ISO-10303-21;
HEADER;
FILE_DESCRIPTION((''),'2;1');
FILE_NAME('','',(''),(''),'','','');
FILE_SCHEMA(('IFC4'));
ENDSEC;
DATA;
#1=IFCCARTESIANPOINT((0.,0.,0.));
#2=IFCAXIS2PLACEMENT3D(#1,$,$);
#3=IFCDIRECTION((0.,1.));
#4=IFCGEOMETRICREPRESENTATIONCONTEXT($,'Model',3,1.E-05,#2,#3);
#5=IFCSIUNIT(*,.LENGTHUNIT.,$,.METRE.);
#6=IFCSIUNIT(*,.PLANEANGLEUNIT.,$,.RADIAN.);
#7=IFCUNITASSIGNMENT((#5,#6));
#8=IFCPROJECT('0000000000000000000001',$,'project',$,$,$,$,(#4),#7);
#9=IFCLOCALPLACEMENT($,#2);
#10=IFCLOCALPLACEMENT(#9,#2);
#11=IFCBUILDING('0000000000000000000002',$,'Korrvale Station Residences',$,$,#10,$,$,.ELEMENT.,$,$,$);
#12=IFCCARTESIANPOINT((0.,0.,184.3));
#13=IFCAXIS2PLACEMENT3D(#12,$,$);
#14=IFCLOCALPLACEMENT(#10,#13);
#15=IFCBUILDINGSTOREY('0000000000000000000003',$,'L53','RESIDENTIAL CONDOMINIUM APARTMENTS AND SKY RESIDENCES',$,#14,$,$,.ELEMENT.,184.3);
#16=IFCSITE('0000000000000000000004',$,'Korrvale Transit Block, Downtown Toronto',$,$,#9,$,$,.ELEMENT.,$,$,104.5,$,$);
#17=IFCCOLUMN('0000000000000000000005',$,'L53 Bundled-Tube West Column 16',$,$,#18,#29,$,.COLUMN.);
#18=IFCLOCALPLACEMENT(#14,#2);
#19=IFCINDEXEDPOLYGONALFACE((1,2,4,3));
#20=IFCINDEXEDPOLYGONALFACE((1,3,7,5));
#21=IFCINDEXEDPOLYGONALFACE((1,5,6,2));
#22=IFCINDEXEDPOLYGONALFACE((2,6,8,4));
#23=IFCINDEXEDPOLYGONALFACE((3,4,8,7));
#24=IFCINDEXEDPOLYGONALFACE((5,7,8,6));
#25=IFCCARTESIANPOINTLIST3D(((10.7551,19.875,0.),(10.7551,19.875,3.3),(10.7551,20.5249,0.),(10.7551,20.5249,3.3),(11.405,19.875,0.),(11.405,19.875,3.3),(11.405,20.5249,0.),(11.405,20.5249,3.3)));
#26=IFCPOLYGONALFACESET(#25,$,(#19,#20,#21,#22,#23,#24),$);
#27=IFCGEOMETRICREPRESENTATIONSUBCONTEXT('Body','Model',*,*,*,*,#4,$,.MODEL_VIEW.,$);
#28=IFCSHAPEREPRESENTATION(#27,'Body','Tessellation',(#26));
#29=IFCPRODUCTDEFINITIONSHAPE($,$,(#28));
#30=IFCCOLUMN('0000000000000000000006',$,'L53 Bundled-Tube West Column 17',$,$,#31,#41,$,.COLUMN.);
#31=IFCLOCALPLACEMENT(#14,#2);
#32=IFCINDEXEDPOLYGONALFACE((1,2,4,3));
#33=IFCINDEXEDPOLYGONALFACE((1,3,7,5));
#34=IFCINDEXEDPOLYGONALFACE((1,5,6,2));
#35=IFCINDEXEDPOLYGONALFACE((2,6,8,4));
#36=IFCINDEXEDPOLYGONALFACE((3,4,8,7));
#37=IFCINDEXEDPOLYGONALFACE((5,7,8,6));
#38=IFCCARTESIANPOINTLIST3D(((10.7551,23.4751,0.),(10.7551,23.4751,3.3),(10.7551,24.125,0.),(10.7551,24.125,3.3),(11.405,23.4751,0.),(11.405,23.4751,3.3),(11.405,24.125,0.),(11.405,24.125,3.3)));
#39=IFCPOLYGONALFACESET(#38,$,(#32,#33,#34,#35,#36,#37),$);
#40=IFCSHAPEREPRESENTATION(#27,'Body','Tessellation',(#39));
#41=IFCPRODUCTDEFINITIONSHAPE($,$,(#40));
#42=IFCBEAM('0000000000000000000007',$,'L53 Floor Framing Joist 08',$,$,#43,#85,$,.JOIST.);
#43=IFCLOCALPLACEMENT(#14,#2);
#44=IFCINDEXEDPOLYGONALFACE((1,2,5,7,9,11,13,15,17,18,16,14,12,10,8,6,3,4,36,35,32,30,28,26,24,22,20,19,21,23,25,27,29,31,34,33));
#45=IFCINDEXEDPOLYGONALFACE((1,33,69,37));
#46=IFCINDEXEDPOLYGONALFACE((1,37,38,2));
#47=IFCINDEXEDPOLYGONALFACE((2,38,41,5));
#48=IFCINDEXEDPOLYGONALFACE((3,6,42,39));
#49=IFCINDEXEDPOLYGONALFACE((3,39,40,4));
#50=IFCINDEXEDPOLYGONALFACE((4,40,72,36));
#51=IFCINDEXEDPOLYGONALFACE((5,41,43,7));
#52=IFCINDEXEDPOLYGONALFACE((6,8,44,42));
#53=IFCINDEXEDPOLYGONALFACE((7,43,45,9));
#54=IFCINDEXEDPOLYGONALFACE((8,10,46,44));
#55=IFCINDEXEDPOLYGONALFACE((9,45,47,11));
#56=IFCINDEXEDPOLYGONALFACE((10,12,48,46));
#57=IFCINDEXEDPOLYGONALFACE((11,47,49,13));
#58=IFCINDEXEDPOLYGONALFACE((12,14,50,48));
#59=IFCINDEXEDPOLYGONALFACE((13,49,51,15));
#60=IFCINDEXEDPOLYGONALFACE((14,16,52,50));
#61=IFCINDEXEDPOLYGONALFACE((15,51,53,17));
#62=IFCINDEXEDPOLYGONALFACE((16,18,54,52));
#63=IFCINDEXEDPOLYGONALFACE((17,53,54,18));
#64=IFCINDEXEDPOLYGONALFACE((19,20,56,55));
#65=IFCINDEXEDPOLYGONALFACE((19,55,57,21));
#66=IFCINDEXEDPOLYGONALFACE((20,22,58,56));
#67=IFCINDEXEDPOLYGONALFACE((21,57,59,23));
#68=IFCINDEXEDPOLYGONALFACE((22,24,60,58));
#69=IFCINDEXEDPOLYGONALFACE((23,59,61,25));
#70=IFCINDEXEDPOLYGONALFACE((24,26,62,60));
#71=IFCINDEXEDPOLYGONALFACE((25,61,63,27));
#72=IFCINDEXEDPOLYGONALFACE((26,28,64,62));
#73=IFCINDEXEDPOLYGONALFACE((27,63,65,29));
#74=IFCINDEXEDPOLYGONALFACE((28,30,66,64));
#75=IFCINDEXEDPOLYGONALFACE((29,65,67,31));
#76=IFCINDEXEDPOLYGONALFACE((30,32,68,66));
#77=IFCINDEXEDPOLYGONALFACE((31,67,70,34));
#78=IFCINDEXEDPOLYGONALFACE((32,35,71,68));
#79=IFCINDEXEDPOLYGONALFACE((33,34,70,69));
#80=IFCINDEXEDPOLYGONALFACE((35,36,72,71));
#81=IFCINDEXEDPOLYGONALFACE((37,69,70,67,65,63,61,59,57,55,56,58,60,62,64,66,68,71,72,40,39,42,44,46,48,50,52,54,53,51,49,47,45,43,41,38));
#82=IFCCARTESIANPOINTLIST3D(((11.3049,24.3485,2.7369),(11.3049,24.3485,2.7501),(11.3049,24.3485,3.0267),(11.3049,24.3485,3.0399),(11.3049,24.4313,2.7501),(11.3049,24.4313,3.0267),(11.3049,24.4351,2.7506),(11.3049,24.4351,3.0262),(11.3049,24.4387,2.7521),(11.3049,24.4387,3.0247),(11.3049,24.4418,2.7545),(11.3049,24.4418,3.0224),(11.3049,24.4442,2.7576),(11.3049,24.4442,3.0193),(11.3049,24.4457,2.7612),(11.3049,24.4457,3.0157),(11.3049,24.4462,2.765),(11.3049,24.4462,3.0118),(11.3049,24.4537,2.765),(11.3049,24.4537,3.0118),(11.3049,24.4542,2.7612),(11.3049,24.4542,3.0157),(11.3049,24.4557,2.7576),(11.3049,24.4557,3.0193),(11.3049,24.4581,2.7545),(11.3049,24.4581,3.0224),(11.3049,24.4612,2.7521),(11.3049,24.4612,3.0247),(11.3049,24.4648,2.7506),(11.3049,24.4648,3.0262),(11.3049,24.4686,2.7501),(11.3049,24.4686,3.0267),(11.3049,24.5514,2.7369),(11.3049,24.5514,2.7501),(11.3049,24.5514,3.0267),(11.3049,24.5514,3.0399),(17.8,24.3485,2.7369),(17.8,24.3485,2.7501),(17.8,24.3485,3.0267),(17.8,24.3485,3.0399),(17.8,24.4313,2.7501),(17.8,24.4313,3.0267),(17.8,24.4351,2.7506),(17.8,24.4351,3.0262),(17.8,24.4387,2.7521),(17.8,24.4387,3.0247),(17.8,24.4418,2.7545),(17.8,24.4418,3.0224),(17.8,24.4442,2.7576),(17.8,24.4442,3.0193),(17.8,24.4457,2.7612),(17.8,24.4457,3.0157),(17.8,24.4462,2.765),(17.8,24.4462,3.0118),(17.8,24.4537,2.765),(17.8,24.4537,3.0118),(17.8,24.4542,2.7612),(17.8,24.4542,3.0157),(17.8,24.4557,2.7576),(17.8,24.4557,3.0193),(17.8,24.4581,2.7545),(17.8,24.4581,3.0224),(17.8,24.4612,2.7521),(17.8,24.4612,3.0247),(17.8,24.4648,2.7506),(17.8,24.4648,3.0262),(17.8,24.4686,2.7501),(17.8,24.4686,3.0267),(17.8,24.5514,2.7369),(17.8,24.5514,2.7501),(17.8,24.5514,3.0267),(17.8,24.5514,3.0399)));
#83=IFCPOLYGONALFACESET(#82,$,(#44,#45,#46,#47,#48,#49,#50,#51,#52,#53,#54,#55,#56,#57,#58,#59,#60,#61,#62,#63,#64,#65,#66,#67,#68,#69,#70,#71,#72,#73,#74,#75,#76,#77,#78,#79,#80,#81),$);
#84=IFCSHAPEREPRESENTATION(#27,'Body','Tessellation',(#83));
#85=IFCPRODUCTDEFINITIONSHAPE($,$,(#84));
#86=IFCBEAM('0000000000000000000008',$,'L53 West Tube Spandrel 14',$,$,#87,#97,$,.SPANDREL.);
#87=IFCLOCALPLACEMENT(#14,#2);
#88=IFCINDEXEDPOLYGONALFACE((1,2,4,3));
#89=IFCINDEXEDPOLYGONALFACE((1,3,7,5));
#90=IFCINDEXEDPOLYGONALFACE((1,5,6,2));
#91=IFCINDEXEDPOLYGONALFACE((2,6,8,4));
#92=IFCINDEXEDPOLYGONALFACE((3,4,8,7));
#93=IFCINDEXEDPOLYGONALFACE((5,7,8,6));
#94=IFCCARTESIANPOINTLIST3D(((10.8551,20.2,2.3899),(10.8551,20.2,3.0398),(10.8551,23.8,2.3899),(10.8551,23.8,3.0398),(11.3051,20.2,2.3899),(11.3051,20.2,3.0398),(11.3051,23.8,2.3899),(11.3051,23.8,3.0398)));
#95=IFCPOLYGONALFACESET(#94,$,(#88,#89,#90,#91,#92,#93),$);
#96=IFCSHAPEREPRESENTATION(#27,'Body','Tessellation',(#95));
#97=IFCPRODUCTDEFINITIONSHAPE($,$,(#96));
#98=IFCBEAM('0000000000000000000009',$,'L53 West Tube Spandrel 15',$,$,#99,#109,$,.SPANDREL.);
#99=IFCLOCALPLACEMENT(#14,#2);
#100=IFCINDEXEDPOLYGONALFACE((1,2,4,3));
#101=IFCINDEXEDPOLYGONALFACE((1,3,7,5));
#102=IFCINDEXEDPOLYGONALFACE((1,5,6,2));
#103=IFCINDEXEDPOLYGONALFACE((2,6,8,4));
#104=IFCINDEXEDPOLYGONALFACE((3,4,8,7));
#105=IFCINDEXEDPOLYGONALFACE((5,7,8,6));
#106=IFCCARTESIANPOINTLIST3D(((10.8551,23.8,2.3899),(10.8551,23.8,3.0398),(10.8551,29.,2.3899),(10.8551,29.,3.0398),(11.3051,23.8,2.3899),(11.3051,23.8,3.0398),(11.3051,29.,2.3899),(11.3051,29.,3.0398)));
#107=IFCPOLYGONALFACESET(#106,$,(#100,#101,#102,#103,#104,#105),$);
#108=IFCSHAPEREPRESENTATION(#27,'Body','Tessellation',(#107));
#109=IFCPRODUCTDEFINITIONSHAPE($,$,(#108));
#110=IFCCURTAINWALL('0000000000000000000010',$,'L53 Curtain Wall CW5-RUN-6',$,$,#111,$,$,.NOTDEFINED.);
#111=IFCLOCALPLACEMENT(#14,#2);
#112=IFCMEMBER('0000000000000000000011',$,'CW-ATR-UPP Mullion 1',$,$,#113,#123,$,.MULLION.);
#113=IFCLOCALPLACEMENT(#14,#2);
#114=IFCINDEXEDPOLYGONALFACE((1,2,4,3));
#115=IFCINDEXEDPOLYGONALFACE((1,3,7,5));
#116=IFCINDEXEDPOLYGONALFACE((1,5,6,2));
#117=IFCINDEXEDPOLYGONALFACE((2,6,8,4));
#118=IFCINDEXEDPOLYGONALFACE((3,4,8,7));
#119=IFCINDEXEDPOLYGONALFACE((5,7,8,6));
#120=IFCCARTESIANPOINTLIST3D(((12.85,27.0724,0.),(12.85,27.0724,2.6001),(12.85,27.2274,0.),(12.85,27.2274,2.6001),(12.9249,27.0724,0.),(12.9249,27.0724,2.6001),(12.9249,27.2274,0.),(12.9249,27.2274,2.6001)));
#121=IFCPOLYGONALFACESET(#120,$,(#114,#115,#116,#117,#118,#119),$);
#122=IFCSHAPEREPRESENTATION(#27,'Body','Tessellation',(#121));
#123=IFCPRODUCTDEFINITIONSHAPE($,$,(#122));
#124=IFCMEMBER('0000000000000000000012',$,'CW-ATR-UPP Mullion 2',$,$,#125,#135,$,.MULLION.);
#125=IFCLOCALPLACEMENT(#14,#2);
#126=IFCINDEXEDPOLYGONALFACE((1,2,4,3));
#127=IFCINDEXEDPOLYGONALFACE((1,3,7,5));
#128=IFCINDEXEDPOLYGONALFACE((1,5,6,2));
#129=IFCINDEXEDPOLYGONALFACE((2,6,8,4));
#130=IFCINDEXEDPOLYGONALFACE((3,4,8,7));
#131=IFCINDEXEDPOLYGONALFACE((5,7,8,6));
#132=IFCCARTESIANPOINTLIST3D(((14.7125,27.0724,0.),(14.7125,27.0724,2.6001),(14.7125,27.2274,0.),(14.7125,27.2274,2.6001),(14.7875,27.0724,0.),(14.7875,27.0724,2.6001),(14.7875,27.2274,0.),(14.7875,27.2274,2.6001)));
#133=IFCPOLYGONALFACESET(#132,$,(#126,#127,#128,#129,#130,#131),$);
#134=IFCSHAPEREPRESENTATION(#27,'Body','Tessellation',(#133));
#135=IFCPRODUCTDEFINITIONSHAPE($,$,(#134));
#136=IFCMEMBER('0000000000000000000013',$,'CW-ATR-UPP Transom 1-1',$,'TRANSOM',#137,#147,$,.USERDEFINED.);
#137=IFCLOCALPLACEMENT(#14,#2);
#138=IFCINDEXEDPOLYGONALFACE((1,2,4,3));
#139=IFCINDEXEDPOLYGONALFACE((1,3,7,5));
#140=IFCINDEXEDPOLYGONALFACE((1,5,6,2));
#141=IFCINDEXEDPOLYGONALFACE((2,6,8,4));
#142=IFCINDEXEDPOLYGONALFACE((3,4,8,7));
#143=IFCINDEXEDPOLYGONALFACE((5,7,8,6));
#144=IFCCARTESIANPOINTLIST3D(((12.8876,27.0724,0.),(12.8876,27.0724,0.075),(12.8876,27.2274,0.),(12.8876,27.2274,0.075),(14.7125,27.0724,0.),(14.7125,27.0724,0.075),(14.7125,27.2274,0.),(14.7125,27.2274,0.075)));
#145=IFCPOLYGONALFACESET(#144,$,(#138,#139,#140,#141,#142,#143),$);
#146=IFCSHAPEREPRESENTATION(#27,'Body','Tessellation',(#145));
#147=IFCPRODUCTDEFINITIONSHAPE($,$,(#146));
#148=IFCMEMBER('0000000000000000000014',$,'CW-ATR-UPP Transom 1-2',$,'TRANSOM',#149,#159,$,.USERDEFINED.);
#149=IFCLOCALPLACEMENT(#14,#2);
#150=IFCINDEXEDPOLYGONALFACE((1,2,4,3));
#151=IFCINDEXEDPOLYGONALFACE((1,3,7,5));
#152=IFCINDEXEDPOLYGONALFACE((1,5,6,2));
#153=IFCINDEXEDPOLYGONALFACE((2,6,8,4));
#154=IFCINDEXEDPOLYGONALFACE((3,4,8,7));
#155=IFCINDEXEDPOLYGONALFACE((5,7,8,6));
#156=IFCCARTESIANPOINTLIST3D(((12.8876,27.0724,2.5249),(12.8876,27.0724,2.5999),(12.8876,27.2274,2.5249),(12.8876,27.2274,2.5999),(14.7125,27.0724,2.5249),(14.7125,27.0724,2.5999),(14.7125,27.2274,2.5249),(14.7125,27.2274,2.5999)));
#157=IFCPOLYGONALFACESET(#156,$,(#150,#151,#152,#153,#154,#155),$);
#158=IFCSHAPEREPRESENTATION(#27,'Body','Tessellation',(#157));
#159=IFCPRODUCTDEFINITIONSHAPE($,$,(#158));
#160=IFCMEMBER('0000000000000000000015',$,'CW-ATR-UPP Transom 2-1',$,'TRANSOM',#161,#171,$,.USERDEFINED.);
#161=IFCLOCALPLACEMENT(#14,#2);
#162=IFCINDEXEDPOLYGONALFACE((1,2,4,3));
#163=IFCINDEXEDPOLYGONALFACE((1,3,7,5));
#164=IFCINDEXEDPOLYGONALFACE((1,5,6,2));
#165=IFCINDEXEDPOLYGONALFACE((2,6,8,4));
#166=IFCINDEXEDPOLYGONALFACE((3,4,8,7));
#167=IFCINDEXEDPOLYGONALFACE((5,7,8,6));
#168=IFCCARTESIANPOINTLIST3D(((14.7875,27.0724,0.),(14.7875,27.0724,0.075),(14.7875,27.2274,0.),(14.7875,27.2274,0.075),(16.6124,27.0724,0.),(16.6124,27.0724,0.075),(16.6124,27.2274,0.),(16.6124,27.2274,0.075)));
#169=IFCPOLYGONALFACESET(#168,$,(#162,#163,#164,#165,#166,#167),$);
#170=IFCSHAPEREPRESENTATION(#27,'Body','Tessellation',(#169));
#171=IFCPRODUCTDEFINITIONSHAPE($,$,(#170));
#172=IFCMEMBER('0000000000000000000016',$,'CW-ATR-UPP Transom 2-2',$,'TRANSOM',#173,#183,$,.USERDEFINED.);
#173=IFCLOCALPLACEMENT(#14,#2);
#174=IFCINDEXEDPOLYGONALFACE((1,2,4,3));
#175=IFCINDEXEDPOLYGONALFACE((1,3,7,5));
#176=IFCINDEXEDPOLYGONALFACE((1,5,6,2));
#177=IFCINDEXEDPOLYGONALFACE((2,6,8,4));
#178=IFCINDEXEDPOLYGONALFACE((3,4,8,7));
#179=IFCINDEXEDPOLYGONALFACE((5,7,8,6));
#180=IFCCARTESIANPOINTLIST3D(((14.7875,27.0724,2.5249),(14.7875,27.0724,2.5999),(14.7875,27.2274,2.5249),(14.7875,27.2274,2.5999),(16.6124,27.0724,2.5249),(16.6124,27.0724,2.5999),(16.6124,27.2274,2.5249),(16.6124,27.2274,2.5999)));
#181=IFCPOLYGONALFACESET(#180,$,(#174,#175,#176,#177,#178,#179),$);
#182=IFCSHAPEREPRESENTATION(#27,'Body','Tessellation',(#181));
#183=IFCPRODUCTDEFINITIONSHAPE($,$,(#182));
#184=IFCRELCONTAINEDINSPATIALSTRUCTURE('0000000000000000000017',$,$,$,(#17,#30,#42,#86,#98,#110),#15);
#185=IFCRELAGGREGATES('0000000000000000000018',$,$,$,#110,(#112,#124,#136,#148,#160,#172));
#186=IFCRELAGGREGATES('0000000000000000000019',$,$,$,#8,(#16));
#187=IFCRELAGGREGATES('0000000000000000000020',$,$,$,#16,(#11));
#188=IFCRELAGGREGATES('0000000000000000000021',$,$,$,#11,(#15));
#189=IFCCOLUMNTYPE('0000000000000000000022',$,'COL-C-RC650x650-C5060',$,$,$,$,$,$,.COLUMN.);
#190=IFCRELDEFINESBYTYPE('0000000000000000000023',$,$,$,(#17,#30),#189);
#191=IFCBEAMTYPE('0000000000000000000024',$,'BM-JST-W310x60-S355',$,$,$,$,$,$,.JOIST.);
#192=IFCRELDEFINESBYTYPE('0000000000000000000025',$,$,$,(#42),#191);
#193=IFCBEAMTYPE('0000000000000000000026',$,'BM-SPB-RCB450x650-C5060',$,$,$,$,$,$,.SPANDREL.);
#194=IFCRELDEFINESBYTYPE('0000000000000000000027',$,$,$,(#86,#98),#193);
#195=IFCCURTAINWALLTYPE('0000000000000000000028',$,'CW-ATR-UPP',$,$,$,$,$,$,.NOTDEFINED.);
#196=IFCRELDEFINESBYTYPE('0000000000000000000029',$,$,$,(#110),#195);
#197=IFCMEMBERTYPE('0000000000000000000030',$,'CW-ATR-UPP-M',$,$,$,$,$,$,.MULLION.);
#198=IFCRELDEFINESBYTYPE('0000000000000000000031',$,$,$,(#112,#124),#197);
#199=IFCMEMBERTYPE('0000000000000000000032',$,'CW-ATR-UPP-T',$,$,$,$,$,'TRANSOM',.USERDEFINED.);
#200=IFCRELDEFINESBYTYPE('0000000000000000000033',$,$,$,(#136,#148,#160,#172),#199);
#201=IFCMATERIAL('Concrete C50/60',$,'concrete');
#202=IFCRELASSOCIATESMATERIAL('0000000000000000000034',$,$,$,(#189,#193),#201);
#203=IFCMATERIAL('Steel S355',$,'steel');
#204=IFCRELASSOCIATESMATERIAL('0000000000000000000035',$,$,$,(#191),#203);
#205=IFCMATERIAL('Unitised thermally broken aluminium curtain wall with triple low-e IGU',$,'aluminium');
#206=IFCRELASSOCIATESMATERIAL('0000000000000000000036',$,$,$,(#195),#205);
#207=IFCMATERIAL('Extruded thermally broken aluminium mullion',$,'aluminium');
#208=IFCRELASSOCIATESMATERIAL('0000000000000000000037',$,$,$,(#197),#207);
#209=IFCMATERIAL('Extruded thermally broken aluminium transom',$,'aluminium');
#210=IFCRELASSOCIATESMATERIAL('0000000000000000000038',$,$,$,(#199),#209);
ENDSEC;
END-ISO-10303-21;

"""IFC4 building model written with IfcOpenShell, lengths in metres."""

from ifc_helpers import new_model, si_unit, direction, frame, origin, origin_2d, place, context, subcontext, project, spatial, rectangle, i_section, extrude, material, material_profile, profile_set, type_object, element, aggregate, save


model = new_model("IFC4")

# Units and contexts
model_context = context("Model", 3, precision=1e-05, world=origin(), true_north=direction((0.0, 1.0)))
body_context = subcontext(model_context, "Body", "Model", "MODEL_VIEW")
ifc_project = project(units=[si_unit("LENGTHUNIT", "METRE"), si_unit("PLANEANGLEUNIT", "RADIAN")], contexts=[model_context])

# Site, building, storey
site_placement = place(None, origin())
site = spatial("IfcSite", under=ifc_project, at=site_placement, Name="Korrvale Transit Block, Downtown Toronto", CompositionType="ELEMENT", RefElevation=104.5)
building_placement = place(site_placement, origin())
building = spatial("IfcBuilding", under=site, at=building_placement, Name="Korrvale Station Residences", CompositionType="ELEMENT")
storey_placement = place(building_placement, frame((0.0, 0.0, 184.3)))
storey = spatial("IfcBuildingStorey", under=building, at=storey_placement, Name="L53", Description="RESIDENTIAL CONDOMINIUM APARTMENTS AND SKY RESIDENCES", CompositionType="ELEMENT", Elevation=184.3)

# Columns
ifc_material_1 = material(Name="Concrete C50/60", Category="concrete")
ifc_material_profile_1 = material_profile(ifc_material_1, rectangle(XDim=0.6499, YDim=0.6499, at=origin_2d()), Name="RC650x650")
ifc_profile_set_1 = profile_set([ifc_material_profile_1], Name="Concrete C50/60")
column_type = type_object("IfcColumnType", Name="COL-C-RC650x650-C5060", PredefinedType="COLUMN", material=ifc_profile_set_1)
for number, where, z_axis, x_axis, name in (
    (1, (11.0801, 20.2, 0.0), (0.0, 0.0, 1.0), (1.0, 0.0, 0.0), "L53 Bundled-Tube West Column 16"),
    (2, (11.0801, 23.8, 0.0), (0.0, 0.0, 1.0), (1.0, 0.0, 0.0), "L53 Bundled-Tube West Column 17"),
):
    element("IfcColumn", number, at=place(storey_placement, frame(where, z_axis=z_axis, x_axis=x_axis)), inside=storey, type_object=column_type, Name=name, PredefinedType="COLUMN", context=body_context, shape_type="SweptSolid", body=[
        extrude(rectangle(XDim=0.6499, YDim=0.6499, at=origin_2d()), origin(), (0.0, 0.0, 1.0), 3.3),
    ])

# Beams
ifc_material_2 = material(Name="Steel S355", Category="steel")
ifc_material_profile_2 = material_profile(ifc_material_2, i_section(OverallWidth=0.2029, OverallDepth=0.303, WebThickness=0.0076, FlangeThickness=0.0132, FilletRadius=0.0149, at=origin_2d()), Name="W310x60")
ifc_profile_set_2 = profile_set([ifc_material_profile_2], Name="Steel S355")
beam_type_1 = type_object("IfcBeamType", Name="BM-JST-W310x60-S355", PredefinedType="JOIST", material=ifc_profile_set_2)
beam_1_placement = place(storey_placement, frame((11.3049, 24.45, 2.8884), z_axis=(1.0, 0.0, 0.0), x_axis=(0.0, 1.0, 0.0)))
element("IfcBeam", 3, at=beam_1_placement, inside=storey, type_object=beam_type_1, Name="L53 Floor Framing Joist 08", PredefinedType="JOIST", context=body_context, shape_type="SweptSolid", body=[
    extrude(i_section(OverallWidth=0.2029, OverallDepth=0.303, WebThickness=0.0076, FlangeThickness=0.0132, FilletRadius=0.0149, at=origin_2d()), origin(), (0.0, 0.0, 1.0), 6.4951),
])
ifc_material_profile_3 = material_profile(ifc_material_1, rectangle(XDim=0.45, YDim=0.6499, at=origin_2d()), Name="RCB450x650")
ifc_profile_set_3 = profile_set([ifc_material_profile_3], Name="Concrete C50/60")
beam_type_2 = type_object("IfcBeamType", Name="BM-SPB-RCB450x650-C5060", PredefinedType="SPANDREL", material=ifc_profile_set_3)
beam_2_placement = place(storey_placement, frame((11.0801, 20.2, 2.7148), z_axis=(0.0, 1.0, 0.0), x_axis=(-1.0, 0.0, 0.0)))
element("IfcBeam", 4, at=beam_2_placement, inside=storey, type_object=beam_type_2, Name="L53 West Tube Spandrel 14", PredefinedType="SPANDREL", context=body_context, shape_type="SweptSolid", body=[
    extrude(rectangle(XDim=0.45, YDim=0.6499, at=origin_2d()), origin(), (0.0, 0.0, 1.0), 3.6001),
])
beam_3_placement = place(storey_placement, frame((11.0801, 23.8, 2.7148), z_axis=(0.0, 1.0, 0.0), x_axis=(-1.0, 0.0, 0.0)))
element("IfcBeam", 5, at=beam_3_placement, inside=storey, type_object=beam_type_2, Name="L53 West Tube Spandrel 15", PredefinedType="SPANDREL", context=body_context, shape_type="SweptSolid", body=[
    extrude(rectangle(XDim=0.45, YDim=0.6499, at=origin_2d()), origin(), (0.0, 0.0, 1.0), 5.2),
])

# Curtain wall, members
ifc_material_3 = material(Name="Unitised thermally broken aluminium curtain wall with triple low-e IGU", Category="aluminium")
curtain_wall_type = type_object("IfcCurtainWallType", Name="CW-ATR-UPP", PredefinedType="NOTDEFINED", material=ifc_material_3)
curtain_wall_placement = place(storey_placement, origin())
curtain_wall = element("IfcCurtainWall", 6, at=curtain_wall_placement, inside=storey, type_object=curtain_wall_type, Name="L53 Curtain Wall CW5-RUN-6", PredefinedType="NOTDEFINED")
ifc_material_4 = material(Name="Extruded thermally broken aluminium mullion", Category="aluminium")
member_type_1 = type_object("IfcMemberType", Name="CW-ATR-UPP-M", PredefinedType="MULLION", material=ifc_material_4)
member_1_placement = place(storey_placement, frame((12.8875, 27.1499, 0.0), z_axis=(0.0, 0.0, 1.0), x_axis=(1.0, 0.0, 0.0)))
member_1 = element("IfcMember", 7, at=member_1_placement, type_object=member_type_1, Name="CW-ATR-UPP Mullion 1", PredefinedType="MULLION", context=body_context, shape_type="SweptSolid", body=[
    extrude(rectangle(XDim=0.075, YDim=0.155, at=origin_2d()), origin(), (0.0, 0.0, 1.0), 2.6001),
])
member_2_placement = place(storey_placement, frame((14.75, 27.1499, 0.0), z_axis=(0.0, 0.0, 1.0), x_axis=(1.0, 0.0, 0.0)))
member_2 = element("IfcMember", 8, at=member_2_placement, type_object=member_type_1, Name="CW-ATR-UPP Mullion 2", PredefinedType="MULLION", context=body_context, shape_type="SweptSolid", body=[
    extrude(rectangle(XDim=0.075, YDim=0.155, at=origin_2d()), origin(), (0.0, 0.0, 1.0), 2.6001),
])
ifc_material_5 = material(Name="Extruded thermally broken aluminium transom", Category="aluminium")
member_type_2 = type_object("IfcMemberType", Name="CW-ATR-UPP-T", ElementType="TRANSOM", PredefinedType="USERDEFINED", material=ifc_material_5)
member_3_placement = place(storey_placement, frame((13.8, 27.1499, 0.0), z_axis=(0.0, 0.0, 1.0), x_axis=(1.0, 0.0, 0.0)))
member_3 = element("IfcMember", 9, at=member_3_placement, type_object=member_type_2, Name="CW-ATR-UPP Transom 1-1", ObjectType="TRANSOM", PredefinedType="USERDEFINED", context=body_context, shape_type="SweptSolid", body=[
    extrude(rectangle(XDim=1.825, YDim=0.155, at=origin_2d()), origin(), (0.0, 0.0, 1.0), 0.075),
])
member_4_placement = place(storey_placement, frame((13.8, 27.1499, 2.5249), z_axis=(0.0, 0.0, 1.0), x_axis=(1.0, 0.0, 0.0)))
member_4 = element("IfcMember", 10, at=member_4_placement, type_object=member_type_2, Name="CW-ATR-UPP Transom 1-2", ObjectType="TRANSOM", PredefinedType="USERDEFINED", context=body_context, shape_type="SweptSolid", body=[
    extrude(rectangle(XDim=1.825, YDim=0.155, at=origin_2d()), origin(), (0.0, 0.0, 1.0), 0.075),
])
member_5_placement = place(storey_placement, frame((15.7, 27.1499, 0.0), z_axis=(0.0, 0.0, 1.0), x_axis=(1.0, 0.0, 0.0)))
member_5 = element("IfcMember", 11, at=member_5_placement, type_object=member_type_2, Name="CW-ATR-UPP Transom 2-1", ObjectType="TRANSOM", PredefinedType="USERDEFINED", context=body_context, shape_type="SweptSolid", body=[
    extrude(rectangle(XDim=1.825, YDim=0.155, at=origin_2d()), origin(), (0.0, 0.0, 1.0), 0.075),
])
member_6_placement = place(storey_placement, frame((15.7, 27.1499, 2.5249), z_axis=(0.0, 0.0, 1.0), x_axis=(1.0, 0.0, 0.0)))
member_6 = element("IfcMember", 12, at=member_6_placement, type_object=member_type_2, Name="CW-ATR-UPP Transom 2-2", ObjectType="TRANSOM", PredefinedType="USERDEFINED", context=body_context, shape_type="SweptSolid", body=[
    extrude(rectangle(XDim=1.825, YDim=0.155, at=origin_2d()), origin(), (0.0, 0.0, 1.0), 0.075),
])

aggregate(curtain_wall, [member_1, member_2, member_3, member_4, member_5, member_6])

save(model, "model.ifc")
